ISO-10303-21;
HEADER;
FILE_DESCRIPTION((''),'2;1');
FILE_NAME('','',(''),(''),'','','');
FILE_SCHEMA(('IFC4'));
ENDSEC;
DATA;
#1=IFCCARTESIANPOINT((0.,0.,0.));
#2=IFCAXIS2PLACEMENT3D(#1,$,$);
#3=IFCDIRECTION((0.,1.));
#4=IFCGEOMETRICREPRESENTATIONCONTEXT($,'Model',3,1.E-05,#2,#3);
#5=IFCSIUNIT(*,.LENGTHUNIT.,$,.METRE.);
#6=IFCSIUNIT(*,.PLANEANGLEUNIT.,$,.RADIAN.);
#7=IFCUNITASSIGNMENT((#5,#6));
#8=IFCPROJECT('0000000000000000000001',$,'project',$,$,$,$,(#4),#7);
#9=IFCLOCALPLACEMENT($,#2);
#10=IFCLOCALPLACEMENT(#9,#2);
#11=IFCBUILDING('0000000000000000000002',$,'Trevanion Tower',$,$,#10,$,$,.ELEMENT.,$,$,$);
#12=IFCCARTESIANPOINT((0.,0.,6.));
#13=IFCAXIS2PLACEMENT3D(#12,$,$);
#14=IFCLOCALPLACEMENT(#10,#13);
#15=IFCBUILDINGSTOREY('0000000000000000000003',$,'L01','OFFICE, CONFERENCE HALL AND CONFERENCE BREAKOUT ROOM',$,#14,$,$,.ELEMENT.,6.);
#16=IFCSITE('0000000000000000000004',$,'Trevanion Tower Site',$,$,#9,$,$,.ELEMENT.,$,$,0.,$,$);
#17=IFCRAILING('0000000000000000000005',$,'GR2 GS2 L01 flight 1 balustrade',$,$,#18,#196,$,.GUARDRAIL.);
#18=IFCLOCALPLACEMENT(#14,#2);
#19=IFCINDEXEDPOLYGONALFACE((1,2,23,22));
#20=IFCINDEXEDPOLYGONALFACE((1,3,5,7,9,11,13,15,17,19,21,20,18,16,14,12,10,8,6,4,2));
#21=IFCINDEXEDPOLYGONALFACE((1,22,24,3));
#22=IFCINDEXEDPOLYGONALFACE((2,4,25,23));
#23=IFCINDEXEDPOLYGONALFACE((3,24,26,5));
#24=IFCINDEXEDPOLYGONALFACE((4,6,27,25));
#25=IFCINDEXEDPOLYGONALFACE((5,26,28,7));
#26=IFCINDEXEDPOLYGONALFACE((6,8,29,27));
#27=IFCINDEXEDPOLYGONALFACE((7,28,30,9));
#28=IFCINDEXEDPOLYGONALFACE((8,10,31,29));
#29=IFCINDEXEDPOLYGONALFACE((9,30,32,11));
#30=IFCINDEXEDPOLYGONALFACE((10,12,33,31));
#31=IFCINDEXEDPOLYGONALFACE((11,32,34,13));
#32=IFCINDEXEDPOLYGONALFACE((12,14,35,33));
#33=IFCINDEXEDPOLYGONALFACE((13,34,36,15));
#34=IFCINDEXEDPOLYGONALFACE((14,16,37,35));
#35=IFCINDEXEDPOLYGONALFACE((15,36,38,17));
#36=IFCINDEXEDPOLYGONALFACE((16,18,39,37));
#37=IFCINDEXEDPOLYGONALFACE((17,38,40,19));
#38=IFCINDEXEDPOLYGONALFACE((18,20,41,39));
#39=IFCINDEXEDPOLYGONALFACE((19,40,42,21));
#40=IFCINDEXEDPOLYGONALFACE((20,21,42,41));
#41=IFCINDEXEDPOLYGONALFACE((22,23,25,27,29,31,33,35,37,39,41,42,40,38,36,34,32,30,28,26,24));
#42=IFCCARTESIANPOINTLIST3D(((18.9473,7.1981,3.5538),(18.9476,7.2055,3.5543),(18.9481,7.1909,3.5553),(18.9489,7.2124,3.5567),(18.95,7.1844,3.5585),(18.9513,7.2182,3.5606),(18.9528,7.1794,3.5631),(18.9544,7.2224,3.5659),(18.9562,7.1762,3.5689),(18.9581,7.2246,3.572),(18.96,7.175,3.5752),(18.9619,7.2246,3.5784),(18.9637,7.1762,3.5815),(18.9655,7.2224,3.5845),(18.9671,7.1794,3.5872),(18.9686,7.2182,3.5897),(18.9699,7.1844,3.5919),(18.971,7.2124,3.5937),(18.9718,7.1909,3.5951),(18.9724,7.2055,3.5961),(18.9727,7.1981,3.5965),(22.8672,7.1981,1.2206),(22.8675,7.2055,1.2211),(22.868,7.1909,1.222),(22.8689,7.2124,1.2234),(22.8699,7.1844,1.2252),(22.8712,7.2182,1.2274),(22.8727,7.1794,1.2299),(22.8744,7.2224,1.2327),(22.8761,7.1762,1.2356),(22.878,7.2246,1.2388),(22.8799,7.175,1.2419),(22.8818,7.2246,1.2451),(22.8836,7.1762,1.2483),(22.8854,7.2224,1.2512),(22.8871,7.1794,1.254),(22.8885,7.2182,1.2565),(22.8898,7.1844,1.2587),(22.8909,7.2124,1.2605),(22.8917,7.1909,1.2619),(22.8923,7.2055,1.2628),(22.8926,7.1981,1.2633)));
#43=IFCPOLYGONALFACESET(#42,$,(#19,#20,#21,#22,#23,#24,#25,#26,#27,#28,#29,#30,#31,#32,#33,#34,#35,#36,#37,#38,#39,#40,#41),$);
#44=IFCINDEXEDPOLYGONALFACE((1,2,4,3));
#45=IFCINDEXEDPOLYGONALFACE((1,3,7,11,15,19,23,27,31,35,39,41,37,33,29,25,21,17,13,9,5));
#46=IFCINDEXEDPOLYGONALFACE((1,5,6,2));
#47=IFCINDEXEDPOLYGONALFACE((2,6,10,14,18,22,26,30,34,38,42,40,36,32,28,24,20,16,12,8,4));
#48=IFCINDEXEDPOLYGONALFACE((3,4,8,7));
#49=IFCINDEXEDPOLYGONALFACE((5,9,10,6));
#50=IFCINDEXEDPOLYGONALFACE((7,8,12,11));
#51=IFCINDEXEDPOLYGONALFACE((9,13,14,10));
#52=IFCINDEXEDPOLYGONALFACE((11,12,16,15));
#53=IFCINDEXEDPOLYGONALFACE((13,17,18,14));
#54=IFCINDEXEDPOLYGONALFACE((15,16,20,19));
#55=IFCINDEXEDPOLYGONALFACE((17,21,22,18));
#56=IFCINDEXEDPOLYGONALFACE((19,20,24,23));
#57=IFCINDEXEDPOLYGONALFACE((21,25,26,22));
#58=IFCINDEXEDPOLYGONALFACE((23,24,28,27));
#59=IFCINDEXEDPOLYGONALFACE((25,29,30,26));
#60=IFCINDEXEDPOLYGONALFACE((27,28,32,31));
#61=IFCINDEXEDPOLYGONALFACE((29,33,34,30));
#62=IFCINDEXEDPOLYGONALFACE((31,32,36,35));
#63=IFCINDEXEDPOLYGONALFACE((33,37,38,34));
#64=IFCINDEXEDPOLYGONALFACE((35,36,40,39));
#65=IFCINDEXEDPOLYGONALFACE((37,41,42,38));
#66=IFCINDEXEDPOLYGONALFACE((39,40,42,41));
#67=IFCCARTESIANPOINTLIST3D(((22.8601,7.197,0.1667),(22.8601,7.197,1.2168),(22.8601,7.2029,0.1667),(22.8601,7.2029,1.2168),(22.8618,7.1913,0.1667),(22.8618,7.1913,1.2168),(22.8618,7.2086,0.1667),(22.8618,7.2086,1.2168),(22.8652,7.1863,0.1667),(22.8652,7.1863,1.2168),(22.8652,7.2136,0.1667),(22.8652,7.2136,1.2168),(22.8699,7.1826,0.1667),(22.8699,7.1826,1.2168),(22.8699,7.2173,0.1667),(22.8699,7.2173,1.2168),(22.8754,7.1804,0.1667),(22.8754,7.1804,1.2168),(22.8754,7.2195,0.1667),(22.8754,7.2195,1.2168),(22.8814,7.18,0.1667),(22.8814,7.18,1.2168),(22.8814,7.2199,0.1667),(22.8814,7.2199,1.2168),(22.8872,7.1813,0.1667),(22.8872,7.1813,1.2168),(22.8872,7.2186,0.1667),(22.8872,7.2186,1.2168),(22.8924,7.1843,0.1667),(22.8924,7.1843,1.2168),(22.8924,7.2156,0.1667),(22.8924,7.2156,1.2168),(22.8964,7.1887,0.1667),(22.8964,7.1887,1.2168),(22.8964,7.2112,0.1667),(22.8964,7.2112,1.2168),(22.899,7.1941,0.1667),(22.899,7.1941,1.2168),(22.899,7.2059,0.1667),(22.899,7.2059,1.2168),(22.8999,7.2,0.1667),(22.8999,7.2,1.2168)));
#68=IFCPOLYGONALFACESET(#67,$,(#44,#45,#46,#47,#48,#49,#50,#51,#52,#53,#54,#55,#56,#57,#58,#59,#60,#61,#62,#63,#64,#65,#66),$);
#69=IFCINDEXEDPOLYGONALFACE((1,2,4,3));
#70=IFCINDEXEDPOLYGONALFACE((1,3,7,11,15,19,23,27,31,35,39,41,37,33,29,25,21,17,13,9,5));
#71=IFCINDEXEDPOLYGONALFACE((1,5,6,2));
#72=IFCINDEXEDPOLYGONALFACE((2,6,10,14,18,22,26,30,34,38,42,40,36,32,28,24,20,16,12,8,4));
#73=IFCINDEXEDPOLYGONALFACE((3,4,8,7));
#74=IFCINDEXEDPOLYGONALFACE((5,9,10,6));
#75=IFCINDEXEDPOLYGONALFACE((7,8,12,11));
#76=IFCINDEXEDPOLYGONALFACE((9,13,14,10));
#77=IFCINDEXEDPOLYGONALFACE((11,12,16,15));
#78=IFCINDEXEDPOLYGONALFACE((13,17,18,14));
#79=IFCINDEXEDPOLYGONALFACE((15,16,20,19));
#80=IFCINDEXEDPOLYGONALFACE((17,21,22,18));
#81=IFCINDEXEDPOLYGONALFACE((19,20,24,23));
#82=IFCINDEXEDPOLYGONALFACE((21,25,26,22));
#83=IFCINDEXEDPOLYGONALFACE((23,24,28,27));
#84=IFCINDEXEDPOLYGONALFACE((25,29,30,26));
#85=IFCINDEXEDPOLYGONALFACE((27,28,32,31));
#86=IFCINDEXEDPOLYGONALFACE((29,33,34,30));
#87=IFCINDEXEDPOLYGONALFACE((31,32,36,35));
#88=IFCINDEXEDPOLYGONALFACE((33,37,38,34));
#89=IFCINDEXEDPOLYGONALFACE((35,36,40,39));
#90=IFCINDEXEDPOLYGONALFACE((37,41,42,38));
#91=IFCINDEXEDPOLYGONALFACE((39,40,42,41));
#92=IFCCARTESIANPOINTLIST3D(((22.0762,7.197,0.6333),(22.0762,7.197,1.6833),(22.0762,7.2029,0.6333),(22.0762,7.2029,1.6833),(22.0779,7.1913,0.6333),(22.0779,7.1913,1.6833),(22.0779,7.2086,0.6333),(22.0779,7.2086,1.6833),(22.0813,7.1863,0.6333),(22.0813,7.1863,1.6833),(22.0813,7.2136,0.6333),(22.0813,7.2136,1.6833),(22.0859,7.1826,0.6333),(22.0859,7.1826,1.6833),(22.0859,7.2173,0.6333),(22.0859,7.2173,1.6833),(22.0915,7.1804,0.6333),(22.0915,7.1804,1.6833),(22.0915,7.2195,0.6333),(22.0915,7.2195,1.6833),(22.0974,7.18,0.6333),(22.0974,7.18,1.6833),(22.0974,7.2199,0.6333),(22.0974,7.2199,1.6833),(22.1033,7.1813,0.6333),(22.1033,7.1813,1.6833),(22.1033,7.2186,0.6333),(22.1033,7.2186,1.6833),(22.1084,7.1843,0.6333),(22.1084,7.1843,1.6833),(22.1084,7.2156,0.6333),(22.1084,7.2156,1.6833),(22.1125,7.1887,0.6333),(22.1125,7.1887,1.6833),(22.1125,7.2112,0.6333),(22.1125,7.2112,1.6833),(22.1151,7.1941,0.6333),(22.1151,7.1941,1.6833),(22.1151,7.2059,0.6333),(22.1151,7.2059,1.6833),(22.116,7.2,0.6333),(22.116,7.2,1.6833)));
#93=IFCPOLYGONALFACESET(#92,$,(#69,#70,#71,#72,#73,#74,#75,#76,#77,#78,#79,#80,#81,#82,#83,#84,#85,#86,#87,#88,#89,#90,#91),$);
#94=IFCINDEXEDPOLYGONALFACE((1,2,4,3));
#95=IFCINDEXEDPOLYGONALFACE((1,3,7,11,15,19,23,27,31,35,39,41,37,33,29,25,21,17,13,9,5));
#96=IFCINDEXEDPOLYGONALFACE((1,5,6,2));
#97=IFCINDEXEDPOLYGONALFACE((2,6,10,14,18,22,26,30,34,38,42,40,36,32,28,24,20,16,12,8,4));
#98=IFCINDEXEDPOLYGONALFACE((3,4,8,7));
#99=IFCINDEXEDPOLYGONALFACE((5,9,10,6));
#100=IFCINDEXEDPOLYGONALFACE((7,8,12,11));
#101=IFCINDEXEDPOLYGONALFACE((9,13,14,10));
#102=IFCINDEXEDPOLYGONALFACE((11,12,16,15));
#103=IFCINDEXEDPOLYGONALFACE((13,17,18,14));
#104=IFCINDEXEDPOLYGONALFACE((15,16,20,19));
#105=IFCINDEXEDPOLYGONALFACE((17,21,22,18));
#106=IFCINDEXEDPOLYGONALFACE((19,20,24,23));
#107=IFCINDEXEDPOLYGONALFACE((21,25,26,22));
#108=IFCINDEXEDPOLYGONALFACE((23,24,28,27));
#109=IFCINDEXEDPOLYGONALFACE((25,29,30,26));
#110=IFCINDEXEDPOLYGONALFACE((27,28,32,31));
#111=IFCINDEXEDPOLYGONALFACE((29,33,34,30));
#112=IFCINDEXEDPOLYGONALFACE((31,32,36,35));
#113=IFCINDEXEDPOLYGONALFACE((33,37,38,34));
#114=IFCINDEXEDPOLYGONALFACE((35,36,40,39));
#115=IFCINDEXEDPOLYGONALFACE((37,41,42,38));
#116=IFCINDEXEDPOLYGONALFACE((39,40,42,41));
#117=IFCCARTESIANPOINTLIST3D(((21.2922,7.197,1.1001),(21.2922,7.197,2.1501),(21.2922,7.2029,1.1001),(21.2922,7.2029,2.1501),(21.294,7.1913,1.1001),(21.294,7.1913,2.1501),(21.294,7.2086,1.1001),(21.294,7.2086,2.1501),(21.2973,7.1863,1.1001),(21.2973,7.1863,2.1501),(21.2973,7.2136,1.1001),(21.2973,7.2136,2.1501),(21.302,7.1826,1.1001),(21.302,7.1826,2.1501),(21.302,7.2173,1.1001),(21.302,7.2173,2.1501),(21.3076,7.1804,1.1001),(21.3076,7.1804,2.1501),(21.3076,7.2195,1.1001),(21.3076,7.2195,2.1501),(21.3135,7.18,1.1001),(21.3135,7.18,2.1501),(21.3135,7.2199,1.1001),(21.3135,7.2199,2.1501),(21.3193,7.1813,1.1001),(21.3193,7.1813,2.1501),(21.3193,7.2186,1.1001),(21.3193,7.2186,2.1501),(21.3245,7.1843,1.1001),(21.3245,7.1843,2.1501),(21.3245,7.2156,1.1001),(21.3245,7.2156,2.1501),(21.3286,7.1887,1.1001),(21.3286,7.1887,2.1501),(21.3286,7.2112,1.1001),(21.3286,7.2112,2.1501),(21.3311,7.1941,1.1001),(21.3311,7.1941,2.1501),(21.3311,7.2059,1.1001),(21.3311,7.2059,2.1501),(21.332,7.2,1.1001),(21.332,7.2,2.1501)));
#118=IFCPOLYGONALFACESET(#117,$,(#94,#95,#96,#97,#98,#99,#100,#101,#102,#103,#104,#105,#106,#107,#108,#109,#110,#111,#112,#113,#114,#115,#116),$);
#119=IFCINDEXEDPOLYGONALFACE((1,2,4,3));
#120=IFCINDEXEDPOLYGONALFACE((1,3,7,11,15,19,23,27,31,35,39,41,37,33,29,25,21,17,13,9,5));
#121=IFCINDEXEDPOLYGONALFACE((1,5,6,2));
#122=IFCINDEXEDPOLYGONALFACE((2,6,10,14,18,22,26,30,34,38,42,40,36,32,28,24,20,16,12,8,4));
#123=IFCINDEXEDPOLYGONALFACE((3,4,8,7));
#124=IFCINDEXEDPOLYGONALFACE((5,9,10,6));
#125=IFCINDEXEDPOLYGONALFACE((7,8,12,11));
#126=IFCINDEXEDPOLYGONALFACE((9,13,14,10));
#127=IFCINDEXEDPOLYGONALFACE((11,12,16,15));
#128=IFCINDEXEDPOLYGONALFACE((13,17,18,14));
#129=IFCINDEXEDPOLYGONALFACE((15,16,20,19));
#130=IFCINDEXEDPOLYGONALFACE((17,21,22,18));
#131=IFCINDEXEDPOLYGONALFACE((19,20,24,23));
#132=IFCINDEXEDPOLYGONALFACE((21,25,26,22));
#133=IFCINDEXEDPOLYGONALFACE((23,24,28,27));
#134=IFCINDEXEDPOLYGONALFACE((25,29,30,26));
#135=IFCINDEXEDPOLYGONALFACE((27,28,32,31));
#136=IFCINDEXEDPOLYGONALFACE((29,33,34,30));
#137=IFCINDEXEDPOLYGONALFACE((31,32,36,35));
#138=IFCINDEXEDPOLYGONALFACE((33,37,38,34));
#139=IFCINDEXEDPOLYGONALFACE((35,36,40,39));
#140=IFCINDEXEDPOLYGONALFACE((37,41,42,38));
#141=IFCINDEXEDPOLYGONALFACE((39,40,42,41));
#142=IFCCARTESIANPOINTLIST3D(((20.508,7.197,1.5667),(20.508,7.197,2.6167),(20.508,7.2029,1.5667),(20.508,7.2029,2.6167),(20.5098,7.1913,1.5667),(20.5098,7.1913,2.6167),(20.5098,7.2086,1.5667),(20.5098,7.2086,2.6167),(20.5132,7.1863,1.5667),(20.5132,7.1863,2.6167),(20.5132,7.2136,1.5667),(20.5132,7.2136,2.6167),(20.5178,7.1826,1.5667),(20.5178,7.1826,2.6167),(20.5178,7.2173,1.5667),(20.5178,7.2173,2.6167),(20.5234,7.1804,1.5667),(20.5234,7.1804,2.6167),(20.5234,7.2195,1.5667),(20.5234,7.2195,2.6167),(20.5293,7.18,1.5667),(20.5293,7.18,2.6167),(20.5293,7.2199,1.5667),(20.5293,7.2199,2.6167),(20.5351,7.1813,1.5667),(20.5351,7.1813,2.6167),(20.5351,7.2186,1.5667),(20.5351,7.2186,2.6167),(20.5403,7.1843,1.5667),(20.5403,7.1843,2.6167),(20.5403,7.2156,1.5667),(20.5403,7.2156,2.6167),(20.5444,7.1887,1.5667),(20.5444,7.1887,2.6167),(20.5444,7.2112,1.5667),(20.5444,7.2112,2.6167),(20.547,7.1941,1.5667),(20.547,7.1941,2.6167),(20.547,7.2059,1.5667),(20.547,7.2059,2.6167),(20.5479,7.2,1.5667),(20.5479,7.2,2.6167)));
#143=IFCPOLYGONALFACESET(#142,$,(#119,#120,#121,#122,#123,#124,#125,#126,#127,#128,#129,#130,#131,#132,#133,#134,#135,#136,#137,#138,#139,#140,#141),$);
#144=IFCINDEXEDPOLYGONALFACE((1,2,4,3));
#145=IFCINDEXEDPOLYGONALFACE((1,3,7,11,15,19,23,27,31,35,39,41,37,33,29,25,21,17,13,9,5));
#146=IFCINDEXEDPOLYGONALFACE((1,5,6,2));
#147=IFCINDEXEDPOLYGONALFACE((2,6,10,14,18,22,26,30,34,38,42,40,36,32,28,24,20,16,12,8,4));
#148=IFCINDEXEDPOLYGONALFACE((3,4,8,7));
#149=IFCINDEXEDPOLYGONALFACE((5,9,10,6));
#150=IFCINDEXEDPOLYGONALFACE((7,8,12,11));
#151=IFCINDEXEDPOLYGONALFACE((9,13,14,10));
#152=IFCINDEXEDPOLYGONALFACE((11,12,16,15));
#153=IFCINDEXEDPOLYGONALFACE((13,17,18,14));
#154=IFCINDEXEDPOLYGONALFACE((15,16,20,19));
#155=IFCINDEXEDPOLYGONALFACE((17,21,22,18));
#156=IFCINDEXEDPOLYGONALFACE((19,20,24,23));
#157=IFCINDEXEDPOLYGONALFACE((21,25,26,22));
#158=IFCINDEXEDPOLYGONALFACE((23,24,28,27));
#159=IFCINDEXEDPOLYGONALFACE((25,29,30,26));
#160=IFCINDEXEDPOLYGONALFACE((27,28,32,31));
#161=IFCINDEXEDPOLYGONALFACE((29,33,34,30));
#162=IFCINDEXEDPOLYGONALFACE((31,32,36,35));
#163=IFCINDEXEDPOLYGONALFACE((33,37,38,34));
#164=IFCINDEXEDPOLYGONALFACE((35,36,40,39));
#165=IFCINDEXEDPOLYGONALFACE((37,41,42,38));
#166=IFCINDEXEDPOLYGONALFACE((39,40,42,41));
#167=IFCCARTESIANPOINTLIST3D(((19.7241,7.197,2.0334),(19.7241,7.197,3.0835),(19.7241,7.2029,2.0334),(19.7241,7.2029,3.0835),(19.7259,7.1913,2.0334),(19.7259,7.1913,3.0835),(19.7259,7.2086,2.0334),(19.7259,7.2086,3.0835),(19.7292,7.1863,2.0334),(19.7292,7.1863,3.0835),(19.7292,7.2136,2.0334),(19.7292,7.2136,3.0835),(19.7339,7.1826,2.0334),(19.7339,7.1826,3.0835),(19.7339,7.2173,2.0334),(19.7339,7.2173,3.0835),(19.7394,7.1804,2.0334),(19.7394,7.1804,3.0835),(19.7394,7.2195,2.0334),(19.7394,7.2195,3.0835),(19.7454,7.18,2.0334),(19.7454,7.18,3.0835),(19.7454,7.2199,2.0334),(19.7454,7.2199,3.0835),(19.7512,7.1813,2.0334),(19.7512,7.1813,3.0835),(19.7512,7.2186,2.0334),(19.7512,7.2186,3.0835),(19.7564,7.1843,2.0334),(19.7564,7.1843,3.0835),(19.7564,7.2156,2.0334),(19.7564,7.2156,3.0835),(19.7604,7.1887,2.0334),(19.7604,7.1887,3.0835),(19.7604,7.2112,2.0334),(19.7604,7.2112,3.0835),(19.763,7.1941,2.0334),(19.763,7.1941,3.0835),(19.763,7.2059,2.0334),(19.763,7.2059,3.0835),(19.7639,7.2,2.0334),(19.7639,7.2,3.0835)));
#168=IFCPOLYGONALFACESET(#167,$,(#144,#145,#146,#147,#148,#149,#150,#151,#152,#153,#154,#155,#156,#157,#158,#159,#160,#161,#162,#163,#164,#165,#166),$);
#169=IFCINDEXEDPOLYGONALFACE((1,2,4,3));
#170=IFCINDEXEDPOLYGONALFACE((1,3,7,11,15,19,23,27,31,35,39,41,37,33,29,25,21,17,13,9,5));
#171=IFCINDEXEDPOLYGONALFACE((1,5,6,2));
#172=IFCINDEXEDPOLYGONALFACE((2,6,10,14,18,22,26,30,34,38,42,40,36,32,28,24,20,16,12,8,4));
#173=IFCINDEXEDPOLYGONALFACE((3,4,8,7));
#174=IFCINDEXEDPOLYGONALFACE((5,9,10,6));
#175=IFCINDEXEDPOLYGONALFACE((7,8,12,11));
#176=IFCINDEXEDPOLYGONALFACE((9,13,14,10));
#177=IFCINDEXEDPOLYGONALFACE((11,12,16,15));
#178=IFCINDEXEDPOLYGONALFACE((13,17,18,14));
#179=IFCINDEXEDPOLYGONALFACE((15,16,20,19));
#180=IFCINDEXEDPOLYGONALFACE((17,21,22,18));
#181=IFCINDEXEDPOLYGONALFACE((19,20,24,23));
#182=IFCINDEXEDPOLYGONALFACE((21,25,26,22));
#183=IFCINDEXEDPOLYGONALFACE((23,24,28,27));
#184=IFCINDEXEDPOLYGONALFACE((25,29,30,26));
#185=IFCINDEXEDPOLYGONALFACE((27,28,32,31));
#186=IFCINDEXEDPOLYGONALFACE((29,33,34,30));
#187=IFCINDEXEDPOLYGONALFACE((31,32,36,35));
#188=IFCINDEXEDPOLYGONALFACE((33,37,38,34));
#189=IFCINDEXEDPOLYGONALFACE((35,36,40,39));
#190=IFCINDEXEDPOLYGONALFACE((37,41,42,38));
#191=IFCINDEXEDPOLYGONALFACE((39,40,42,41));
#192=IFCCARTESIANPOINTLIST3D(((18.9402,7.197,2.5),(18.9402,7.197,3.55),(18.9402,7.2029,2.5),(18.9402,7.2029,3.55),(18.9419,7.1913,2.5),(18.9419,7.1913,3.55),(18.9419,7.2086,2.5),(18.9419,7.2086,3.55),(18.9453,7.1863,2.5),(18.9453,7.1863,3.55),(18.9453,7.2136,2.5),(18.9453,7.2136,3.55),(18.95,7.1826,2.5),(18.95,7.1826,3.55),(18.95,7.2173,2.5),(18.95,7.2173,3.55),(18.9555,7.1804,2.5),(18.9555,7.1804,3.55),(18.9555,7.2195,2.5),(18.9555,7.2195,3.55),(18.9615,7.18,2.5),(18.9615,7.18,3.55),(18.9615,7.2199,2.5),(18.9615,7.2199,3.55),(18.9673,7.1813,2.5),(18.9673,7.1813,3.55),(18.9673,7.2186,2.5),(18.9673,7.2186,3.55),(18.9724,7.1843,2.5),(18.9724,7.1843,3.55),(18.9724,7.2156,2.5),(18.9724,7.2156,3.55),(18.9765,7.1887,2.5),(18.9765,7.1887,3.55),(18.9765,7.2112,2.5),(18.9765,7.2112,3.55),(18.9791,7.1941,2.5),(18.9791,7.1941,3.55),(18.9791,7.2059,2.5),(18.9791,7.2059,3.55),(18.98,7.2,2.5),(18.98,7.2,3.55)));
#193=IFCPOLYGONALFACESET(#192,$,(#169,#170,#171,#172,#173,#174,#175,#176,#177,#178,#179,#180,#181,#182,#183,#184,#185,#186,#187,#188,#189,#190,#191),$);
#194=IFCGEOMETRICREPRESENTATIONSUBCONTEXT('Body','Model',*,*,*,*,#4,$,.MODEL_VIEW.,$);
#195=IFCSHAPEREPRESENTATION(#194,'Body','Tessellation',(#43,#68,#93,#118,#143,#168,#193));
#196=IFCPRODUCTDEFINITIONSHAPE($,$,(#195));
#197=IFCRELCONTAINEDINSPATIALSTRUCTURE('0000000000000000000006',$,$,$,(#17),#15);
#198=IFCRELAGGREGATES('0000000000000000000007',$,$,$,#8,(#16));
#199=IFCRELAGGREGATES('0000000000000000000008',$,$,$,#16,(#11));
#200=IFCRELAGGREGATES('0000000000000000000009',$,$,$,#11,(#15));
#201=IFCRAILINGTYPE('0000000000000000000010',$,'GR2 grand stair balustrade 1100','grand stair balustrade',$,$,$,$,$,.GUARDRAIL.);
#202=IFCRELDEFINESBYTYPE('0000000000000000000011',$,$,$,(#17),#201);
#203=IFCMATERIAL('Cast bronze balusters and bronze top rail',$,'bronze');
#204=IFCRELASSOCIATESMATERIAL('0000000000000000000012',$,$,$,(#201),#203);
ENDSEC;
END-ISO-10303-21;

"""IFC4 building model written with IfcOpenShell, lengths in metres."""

from ifc_helpers import new_model, si_unit, direction, frame, origin, origin_2d, place, context, subcontext, project, spatial, circle, extrude, material, type_object, element, save


model = new_model("IFC4")

# Units and contexts
model_context = context("Model", 3, precision=1e-05, world=origin(), true_north=direction((0.0, 1.0)))
body_context = subcontext(model_context, "Body", "Model", "MODEL_VIEW")
ifc_project = project(units=[si_unit("LENGTHUNIT", "METRE"), si_unit("PLANEANGLEUNIT", "RADIAN")], contexts=[model_context])

# Site, building, storey
site_placement = place(None, origin())
site = spatial("IfcSite", under=ifc_project, at=site_placement, Name="Trevanion Tower Site", CompositionType="ELEMENT", RefElevation=0.0)
building_placement = place(site_placement, origin())
building = spatial("IfcBuilding", under=site, at=building_placement, Name="Trevanion Tower", CompositionType="ELEMENT")
storey_placement = place(building_placement, frame((0.0, 0.0, 6.0)))
storey = spatial("IfcBuildingStorey", under=building, at=storey_placement, Name="L01", Description="OFFICE, CONFERENCE HALL AND CONFERENCE BREAKOUT ROOM", CompositionType="ELEMENT", Elevation=6.0)

# Railing
ifc_material_1 = material(Name="Cast bronze balusters and bronze top rail", Category="bronze")
railing_type = type_object("IfcRailingType", Name="GR2 grand stair balustrade 1100", Description="grand stair balustrade", PredefinedType="GUARDRAIL", material=ifc_material_1)
railing_1_placement = place(storey_placement, frame((22.8799, 7.2, 0.1667)))
element("IfcRailing", 1, at=railing_1_placement, inside=storey, type_object=railing_type, Name="GR2 GS2 L01 flight 1 balustrade", PredefinedType="GUARDRAIL", context=body_context, shape_type="SweptSolid", body=[
    extrude(circle(Radius=0.0249, at=origin_2d()), frame((0.0, 0.0, 1.0752), z_axis=(-0.859296, 0.0, 0.511478), x_axis=(0.0, -1.0, 0.0)), (0.0, 0.0, 1.0), 4.5618),
    extrude(circle(Radius=0.02, at=origin_2d()), origin(), (0.0, 0.0, 1.0), 1.05),
    extrude(circle(Radius=0.02, at=origin_2d()), frame((-0.7839, 0.0, 0.4666)), (0.0, 0.0, 1.0), 1.05),
    extrude(circle(Radius=0.02, at=origin_2d()), frame((-1.5679, 0.0, 0.9333)), (0.0, 0.0, 1.0), 1.05),
    extrude(circle(Radius=0.02, at=origin_2d()), frame((-2.3521, 0.0, 1.3999)), (0.0, 0.0, 1.0), 1.05),
    extrude(circle(Radius=0.02, at=origin_2d()), frame((-3.136, 0.0, 1.8667)), (0.0, 0.0, 1.0), 1.05),
    extrude(circle(Radius=0.02, at=origin_2d()), frame((-3.9199, 0.0, 2.3333)), (0.0, 0.0, 1.0), 1.05),
])

save(model, "model.ifc")
